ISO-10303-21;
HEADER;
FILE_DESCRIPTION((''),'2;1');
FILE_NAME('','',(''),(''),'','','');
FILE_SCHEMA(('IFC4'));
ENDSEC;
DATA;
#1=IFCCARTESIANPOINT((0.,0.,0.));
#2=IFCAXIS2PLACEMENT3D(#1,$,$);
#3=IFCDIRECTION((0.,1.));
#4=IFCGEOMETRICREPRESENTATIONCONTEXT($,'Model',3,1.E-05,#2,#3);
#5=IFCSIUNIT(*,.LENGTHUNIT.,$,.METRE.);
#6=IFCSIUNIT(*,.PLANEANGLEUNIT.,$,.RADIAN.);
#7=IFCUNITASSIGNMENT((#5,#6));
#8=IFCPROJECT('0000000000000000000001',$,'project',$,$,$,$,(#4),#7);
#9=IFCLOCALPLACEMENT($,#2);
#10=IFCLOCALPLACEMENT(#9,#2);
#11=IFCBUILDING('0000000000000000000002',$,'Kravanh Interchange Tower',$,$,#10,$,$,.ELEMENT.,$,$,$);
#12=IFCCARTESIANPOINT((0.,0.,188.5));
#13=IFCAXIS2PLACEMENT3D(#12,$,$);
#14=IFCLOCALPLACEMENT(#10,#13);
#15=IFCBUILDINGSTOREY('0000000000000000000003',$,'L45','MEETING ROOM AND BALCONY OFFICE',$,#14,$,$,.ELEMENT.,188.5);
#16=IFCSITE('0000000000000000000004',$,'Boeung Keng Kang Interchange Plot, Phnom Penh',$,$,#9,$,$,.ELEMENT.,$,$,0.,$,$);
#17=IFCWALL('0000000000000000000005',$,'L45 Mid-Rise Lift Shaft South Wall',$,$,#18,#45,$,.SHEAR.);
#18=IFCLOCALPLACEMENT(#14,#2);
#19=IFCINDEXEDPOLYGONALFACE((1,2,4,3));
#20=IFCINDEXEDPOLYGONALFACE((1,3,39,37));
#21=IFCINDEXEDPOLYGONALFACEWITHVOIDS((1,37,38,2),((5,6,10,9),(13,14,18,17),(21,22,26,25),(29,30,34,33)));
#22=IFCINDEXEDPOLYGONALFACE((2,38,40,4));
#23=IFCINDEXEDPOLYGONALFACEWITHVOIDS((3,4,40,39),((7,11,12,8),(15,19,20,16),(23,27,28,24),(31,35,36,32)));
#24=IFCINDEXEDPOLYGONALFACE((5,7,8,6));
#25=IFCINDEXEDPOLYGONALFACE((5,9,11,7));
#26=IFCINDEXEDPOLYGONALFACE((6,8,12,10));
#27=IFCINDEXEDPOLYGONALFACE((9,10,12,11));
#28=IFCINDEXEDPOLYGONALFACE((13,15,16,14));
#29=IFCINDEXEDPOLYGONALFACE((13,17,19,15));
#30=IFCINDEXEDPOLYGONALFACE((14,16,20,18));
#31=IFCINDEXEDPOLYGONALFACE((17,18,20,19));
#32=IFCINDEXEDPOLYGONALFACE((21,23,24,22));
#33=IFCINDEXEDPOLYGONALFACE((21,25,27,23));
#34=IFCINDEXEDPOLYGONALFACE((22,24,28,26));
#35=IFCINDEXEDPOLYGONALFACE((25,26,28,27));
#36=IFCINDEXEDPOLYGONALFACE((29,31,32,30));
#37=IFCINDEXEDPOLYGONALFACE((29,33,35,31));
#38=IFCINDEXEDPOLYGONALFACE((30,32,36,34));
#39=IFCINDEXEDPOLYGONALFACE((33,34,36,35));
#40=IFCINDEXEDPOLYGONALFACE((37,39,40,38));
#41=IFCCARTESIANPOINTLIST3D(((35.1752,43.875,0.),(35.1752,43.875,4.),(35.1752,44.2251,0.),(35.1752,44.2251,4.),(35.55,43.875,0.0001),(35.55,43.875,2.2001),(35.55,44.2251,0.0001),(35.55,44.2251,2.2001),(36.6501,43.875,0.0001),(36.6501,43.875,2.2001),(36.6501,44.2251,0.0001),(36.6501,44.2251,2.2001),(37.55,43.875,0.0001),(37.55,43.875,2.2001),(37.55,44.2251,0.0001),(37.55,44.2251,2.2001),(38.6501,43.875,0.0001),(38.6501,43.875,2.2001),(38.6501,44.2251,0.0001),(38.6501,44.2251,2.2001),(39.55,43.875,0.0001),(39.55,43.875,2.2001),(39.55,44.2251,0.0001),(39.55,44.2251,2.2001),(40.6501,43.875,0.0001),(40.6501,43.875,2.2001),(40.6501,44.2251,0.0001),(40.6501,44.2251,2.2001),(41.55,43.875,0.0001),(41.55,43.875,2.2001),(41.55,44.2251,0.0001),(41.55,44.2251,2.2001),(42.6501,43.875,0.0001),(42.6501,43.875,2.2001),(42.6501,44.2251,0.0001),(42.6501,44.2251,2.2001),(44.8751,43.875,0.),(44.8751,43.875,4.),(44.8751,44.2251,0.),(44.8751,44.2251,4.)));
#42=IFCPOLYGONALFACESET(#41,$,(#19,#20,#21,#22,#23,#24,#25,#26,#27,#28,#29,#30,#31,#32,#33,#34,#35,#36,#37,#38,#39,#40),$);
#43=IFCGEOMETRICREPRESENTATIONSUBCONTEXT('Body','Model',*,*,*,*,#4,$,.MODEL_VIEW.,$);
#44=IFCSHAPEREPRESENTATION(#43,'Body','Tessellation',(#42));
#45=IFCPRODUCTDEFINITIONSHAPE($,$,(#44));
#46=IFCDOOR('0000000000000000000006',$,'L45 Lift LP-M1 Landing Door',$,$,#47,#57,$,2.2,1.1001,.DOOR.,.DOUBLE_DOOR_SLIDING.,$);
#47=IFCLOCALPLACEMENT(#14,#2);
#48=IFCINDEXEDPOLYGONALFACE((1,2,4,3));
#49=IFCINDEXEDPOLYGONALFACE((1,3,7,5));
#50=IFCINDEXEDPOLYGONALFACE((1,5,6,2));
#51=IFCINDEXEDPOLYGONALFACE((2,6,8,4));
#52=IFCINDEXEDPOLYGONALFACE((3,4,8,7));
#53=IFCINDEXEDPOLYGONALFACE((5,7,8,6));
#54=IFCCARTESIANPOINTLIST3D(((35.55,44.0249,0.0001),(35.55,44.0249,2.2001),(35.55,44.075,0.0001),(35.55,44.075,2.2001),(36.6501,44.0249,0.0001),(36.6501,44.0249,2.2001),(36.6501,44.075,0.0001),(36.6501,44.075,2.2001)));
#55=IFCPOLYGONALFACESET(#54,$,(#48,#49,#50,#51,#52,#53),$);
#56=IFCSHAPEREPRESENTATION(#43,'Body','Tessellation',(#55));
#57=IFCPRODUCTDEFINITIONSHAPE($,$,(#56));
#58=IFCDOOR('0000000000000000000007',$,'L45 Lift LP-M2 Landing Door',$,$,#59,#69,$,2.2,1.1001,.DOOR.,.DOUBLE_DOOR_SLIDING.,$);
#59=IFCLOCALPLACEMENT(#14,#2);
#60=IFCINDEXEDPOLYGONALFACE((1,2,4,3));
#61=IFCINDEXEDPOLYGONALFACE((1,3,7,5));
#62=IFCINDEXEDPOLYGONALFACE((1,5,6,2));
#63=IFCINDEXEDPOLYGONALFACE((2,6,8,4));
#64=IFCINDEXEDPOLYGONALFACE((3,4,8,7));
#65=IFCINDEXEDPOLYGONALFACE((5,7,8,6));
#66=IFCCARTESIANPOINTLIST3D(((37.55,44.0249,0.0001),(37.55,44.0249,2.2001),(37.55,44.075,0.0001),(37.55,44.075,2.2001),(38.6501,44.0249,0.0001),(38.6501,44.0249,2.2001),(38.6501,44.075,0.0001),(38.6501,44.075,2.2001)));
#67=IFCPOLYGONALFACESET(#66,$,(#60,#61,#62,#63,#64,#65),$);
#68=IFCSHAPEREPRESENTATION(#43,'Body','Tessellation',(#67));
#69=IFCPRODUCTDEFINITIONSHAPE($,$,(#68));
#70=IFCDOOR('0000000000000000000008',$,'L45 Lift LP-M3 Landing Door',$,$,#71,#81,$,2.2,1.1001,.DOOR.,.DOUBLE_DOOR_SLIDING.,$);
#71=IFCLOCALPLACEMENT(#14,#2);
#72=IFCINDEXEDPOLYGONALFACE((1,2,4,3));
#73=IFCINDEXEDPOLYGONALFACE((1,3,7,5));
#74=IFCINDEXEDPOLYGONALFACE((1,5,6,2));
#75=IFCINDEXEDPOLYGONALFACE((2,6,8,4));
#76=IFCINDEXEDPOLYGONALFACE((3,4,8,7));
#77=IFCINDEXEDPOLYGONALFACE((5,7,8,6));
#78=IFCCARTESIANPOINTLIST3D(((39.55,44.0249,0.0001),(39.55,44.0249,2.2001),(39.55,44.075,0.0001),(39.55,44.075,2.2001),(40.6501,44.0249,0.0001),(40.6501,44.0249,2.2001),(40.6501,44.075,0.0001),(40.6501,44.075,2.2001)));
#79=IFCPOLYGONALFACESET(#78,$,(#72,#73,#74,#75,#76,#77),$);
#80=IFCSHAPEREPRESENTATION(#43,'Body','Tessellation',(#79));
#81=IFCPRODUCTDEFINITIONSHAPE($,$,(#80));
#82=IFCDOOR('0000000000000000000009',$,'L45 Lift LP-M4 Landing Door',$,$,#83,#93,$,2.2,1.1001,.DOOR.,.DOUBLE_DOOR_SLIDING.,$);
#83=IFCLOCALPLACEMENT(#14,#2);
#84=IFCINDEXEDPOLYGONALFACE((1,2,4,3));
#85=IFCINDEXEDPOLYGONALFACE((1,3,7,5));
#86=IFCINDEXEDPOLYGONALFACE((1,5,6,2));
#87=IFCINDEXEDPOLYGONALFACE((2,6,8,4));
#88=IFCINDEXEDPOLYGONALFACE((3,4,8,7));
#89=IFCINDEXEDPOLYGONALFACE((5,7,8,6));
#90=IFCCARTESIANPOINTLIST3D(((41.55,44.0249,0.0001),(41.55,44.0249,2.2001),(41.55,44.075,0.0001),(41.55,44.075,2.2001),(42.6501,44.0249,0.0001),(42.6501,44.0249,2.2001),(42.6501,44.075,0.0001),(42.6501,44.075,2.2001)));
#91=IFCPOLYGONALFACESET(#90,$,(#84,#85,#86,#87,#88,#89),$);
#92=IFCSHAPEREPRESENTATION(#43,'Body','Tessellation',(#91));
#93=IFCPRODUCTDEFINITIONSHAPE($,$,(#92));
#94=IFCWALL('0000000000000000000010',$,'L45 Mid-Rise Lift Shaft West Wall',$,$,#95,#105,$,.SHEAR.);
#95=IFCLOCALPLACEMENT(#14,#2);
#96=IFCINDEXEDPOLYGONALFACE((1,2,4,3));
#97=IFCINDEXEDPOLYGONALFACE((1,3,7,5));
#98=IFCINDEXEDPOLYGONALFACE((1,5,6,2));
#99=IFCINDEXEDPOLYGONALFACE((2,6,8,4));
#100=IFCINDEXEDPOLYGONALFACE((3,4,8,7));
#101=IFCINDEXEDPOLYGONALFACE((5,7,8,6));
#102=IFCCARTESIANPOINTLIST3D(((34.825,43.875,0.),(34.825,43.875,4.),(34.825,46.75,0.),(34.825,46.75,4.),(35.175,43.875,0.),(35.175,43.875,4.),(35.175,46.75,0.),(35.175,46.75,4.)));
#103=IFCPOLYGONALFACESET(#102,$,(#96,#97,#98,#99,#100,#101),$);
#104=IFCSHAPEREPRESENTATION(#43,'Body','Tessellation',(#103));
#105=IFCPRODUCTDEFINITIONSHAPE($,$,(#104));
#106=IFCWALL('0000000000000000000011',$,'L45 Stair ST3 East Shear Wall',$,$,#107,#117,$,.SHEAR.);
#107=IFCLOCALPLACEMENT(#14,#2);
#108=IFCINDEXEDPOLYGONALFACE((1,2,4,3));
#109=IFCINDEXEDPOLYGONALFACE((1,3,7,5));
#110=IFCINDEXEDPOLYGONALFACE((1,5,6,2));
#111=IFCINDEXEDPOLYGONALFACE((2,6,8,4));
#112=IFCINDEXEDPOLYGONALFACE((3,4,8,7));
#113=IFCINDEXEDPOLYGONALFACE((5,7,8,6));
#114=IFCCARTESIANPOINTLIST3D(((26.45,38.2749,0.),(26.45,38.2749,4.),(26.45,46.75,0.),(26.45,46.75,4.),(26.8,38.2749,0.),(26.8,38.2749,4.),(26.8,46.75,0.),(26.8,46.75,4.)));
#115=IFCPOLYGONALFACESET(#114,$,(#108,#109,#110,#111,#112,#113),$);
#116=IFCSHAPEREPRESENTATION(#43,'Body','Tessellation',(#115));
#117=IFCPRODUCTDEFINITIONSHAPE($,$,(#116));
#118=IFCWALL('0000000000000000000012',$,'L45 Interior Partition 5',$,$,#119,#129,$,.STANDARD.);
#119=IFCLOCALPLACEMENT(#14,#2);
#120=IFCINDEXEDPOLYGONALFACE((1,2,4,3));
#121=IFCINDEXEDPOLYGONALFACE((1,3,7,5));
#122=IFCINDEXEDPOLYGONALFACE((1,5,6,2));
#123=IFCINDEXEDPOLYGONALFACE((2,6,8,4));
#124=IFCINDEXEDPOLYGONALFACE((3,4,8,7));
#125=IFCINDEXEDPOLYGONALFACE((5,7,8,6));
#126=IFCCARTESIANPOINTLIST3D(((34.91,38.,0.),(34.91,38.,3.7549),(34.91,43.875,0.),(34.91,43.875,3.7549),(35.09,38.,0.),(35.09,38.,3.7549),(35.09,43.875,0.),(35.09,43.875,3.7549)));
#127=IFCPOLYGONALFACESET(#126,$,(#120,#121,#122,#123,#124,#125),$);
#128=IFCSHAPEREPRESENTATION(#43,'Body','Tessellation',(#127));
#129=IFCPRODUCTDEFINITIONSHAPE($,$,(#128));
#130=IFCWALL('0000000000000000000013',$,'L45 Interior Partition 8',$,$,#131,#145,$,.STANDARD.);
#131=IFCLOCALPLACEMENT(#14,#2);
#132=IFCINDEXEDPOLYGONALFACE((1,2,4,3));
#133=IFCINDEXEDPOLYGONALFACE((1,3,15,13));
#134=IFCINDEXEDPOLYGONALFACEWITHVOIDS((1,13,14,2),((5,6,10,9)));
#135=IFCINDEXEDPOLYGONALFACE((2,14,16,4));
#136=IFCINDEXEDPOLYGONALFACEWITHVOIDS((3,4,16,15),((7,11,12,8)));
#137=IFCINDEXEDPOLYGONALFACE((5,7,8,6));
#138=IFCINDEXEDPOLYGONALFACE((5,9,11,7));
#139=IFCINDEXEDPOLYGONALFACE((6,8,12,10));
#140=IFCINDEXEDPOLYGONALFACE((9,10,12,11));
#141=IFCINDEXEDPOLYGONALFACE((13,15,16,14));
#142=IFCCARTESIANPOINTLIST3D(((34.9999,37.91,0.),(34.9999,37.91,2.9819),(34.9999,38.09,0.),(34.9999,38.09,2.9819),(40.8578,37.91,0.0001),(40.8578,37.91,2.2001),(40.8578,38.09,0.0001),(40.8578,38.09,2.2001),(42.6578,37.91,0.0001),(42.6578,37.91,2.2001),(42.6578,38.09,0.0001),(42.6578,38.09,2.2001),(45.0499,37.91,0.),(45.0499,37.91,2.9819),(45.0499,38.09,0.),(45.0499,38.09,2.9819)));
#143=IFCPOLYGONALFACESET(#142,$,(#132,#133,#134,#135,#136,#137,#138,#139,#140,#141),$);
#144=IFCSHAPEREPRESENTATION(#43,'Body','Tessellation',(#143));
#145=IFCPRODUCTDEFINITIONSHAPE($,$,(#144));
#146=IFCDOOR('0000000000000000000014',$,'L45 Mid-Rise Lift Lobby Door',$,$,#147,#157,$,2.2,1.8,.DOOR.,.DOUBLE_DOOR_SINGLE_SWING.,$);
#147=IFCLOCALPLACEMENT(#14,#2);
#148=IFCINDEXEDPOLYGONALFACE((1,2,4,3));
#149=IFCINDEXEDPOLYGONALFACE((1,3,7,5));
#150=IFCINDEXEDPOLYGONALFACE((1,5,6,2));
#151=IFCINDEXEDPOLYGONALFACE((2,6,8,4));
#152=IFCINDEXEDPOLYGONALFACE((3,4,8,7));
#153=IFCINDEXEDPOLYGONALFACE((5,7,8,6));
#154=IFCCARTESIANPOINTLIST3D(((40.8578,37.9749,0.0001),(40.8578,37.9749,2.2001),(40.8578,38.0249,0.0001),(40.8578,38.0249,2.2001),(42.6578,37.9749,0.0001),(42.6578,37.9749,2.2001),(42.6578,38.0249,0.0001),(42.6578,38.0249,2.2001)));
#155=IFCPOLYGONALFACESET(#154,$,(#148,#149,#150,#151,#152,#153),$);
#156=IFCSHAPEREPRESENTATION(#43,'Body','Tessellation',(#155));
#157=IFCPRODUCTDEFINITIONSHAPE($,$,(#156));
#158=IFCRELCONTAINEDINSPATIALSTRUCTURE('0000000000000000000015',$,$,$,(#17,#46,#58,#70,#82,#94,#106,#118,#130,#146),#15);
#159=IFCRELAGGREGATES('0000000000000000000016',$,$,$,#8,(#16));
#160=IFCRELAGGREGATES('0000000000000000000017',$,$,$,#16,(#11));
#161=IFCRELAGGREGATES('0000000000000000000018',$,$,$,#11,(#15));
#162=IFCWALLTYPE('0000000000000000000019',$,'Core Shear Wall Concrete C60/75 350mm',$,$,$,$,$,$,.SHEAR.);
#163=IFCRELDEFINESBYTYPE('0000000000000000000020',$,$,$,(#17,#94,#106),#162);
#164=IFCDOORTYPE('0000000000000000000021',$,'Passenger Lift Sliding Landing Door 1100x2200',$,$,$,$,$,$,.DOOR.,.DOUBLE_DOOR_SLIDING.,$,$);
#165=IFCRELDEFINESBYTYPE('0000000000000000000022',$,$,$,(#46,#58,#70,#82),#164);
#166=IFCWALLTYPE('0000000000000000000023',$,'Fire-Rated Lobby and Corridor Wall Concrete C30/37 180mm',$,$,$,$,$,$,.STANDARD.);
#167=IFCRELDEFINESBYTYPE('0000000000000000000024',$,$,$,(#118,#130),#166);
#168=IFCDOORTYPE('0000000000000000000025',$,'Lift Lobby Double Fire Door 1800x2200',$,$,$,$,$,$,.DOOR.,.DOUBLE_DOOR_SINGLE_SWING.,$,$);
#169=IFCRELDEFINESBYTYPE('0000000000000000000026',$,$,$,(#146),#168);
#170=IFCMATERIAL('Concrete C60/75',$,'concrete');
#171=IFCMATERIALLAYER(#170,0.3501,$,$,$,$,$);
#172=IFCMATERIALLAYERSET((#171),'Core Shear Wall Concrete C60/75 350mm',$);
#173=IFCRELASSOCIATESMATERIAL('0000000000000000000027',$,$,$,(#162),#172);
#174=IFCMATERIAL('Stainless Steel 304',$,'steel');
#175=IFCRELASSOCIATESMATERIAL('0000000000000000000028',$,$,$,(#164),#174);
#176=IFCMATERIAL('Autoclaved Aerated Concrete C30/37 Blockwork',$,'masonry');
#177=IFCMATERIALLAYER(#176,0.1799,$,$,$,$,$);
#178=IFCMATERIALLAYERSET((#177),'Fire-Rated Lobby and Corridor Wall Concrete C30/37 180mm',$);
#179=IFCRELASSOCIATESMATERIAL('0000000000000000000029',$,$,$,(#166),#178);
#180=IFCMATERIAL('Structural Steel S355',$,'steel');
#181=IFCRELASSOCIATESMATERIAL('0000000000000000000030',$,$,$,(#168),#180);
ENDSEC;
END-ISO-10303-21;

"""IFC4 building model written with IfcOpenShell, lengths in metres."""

from ifc_helpers import new_model, si_unit, direction, frame, frame_2d, origin, place, context, subcontext, project, spatial, rectangle, extrude, material, layer, layer_set, type_object, element, fill, save


model = new_model("IFC4")

# Units and contexts
model_context = context("Model", 3, precision=1e-05, world=origin(), true_north=direction((0.0, 1.0)))
body_context = subcontext(model_context, "Body", "Model", "MODEL_VIEW")
ifc_project = project(units=[si_unit("LENGTHUNIT", "METRE"), si_unit("PLANEANGLEUNIT", "RADIAN")], contexts=[model_context])

# Site, building, storey
site_placement = place(None, origin())
site = spatial("IfcSite", under=ifc_project, at=site_placement, Name="Boeung Keng Kang Interchange Plot, Phnom Penh", CompositionType="ELEMENT", RefElevation=0.0)
building_placement = place(site_placement, origin())
building = spatial("IfcBuilding", under=site, at=building_placement, Name="Kravanh Interchange Tower", CompositionType="ELEMENT")
storey_placement = place(building_placement, frame((0.0, 0.0, 188.5)))
storey = spatial("IfcBuildingStorey", under=building, at=storey_placement, Name="L45", Description="MEETING ROOM AND BALCONY OFFICE", CompositionType="ELEMENT", Elevation=188.5)

# Wall, openings, doors
ifc_material_1 = material(Name="Concrete C60/75", Category="concrete")
ifc_layer_1 = layer(ifc_material_1, 0.3501)
ifc_layer_set_1 = layer_set([ifc_layer_1], Name="Core Shear Wall Concrete C60/75 350mm")
wall_type_1 = type_object("IfcWallType", Name="Core Shear Wall Concrete C60/75 350mm", PredefinedType="SHEAR", material=ifc_layer_set_1)
wall_1_placement = place(storey_placement, frame((35.175, 44.05, 0.0), z_axis=(0.0, 0.0, 1.0), x_axis=(1.0, 0.0, 0.0)))
wall_1 = element("IfcWall", 1, at=wall_1_placement, inside=storey, type_object=wall_type_1, Name="L45 Mid-Rise Lift Shaft South Wall", PredefinedType="SHEAR", context=body_context, shape_type="SweptSolid", body=[
    extrude(rectangle(XDim=9.7, YDim=0.3501, at=frame_2d((4.8501, 0.0))), origin(), (0.0, 0.0, 1.0), 4.0),
])
opening_1_placement = place(wall_1_placement, frame((0.375, 0.0, 0.0)))
opening_1 = element("IfcOpeningElement", 2, at=opening_1_placement, cuts=wall_1, PredefinedType="OPENING", context=body_context, shape_type="SweptSolid", body=[
    extrude(rectangle(XDim=1.1001, YDim=2.2, at=frame_2d((0.55, 1.1001))), frame((0.0, 0.1851, 0.0), z_axis=(0.0, -1.0, 0.0), x_axis=(1.0, 0.0, 0.0)), (0.0, 0.0, 1.0), 0.3701),
])
opening_2_placement = place(wall_1_placement, frame((2.375, 0.0, 0.0)))
opening_2 = element("IfcOpeningElement", 3, at=opening_2_placement, cuts=wall_1, PredefinedType="OPENING", context=body_context, shape_type="SweptSolid", body=[
    extrude(rectangle(XDim=1.1001, YDim=2.2, at=frame_2d((0.55, 1.1001))), frame((0.0, 0.1851, 0.0), z_axis=(0.0, -1.0, 0.0), x_axis=(1.0, 0.0, 0.0)), (0.0, 0.0, 1.0), 0.3701),
])
opening_3_placement = place(wall_1_placement, frame((4.375, 0.0, 0.0)))
opening_3 = element("IfcOpeningElement", 4, at=opening_3_placement, cuts=wall_1, PredefinedType="OPENING", context=body_context, shape_type="SweptSolid", body=[
    extrude(rectangle(XDim=1.1001, YDim=2.2, at=frame_2d((0.55, 1.1001))), frame((0.0, 0.1851, 0.0), z_axis=(0.0, -1.0, 0.0), x_axis=(1.0, 0.0, 0.0)), (0.0, 0.0, 1.0), 0.3701),
])
opening_4_placement = place(wall_1_placement, frame((6.375, 0.0, 0.0)))
opening_4 = element("IfcOpeningElement", 5, at=opening_4_placement, cuts=wall_1, PredefinedType="OPENING", context=body_context, shape_type="SweptSolid", body=[
    extrude(rectangle(XDim=1.1001, YDim=2.2, at=frame_2d((0.55, 1.1001))), frame((0.0, 0.1851, 0.0), z_axis=(0.0, -1.0, 0.0), x_axis=(1.0, 0.0, 0.0)), (0.0, 0.0, 1.0), 0.3701),
])
ifc_material_2 = material(Name="Stainless Steel 304", Category="steel")
door_type_1 = type_object("IfcDoorType", Name="Passenger Lift Sliding Landing Door 1100x2200", OperationType="DOUBLE_DOOR_SLIDING", PredefinedType="DOOR", material=ifc_material_2)
door_1_placement = place(opening_1_placement, origin())
door_1 = element("IfcDoor", 6, at=door_1_placement, inside=storey, type_object=door_type_1, Name="L45 Lift LP-M1 Landing Door", OperationType="DOUBLE_DOOR_SLIDING", OverallHeight=2.2, OverallWidth=1.1001, PredefinedType="DOOR", context=body_context, shape_type="SweptSolid", body=[
    extrude(rectangle(XDim=1.1001, YDim=2.2, at=frame_2d((0.55, 1.1001))), frame((0.0, 0.0249, 0.0), z_axis=(0.0, -1.0, 0.0), x_axis=(1.0, 0.0, 0.0)), (0.0, 0.0, 1.0), 0.05),
])
fill(opening_1, door_1)
door_2_placement = place(opening_2_placement, origin())
door_2 = element("IfcDoor", 7, at=door_2_placement, inside=storey, type_object=door_type_1, Name="L45 Lift LP-M2 Landing Door", OperationType="DOUBLE_DOOR_SLIDING", OverallHeight=2.2, OverallWidth=1.1001, PredefinedType="DOOR", context=body_context, shape_type="SweptSolid", body=[
    extrude(rectangle(XDim=1.1001, YDim=2.2, at=frame_2d((0.55, 1.1001))), frame((0.0, 0.0249, 0.0), z_axis=(0.0, -1.0, 0.0), x_axis=(1.0, 0.0, 0.0)), (0.0, 0.0, 1.0), 0.05),
])
fill(opening_2, door_2)
door_3_placement = place(opening_3_placement, origin())
door_3 = element("IfcDoor", 8, at=door_3_placement, inside=storey, type_object=door_type_1, Name="L45 Lift LP-M3 Landing Door", OperationType="DOUBLE_DOOR_SLIDING", OverallHeight=2.2, OverallWidth=1.1001, PredefinedType="DOOR", context=body_context, shape_type="SweptSolid", body=[
    extrude(rectangle(XDim=1.1001, YDim=2.2, at=frame_2d((0.55, 1.1001))), frame((0.0, 0.0249, 0.0), z_axis=(0.0, -1.0, 0.0), x_axis=(1.0, 0.0, 0.0)), (0.0, 0.0, 1.0), 0.05),
])
fill(opening_3, door_3)
door_4_placement = place(opening_4_placement, origin())
door_4 = element("IfcDoor", 9, at=door_4_placement, inside=storey, type_object=door_type_1, Name="L45 Lift LP-M4 Landing Door", OperationType="DOUBLE_DOOR_SLIDING", OverallHeight=2.2, OverallWidth=1.1001, PredefinedType="DOOR", context=body_context, shape_type="SweptSolid", body=[
    extrude(rectangle(XDim=1.1001, YDim=2.2, at=frame_2d((0.55, 1.1001))), frame((0.0, 0.0249, 0.0), z_axis=(0.0, -1.0, 0.0), x_axis=(1.0, 0.0, 0.0)), (0.0, 0.0, 1.0), 0.05),
])
fill(opening_4, door_4)

# Walls
wall_2_placement = place(storey_placement, frame((35.0, 43.875, 0.0), z_axis=(0.0, 0.0, 1.0), x_axis=(0.0, 1.0, 0.0)))
element("IfcWall", 10, at=wall_2_placement, inside=storey, type_object=wall_type_1, Name="L45 Mid-Rise Lift Shaft West Wall", PredefinedType="SHEAR", context=body_context, shape_type="SweptSolid", body=[
    extrude(rectangle(XDim=2.875, YDim=0.3501, at=frame_2d((1.4375, 0.0))), origin(), (0.0, 0.0, 1.0), 4.0),
])
wall_3_placement = place(storey_placement, frame((26.625, 38.2749, 0.0), z_axis=(0.0, 0.0, 1.0), x_axis=(0.0, 1.0, 0.0)))
element("IfcWall", 11, at=wall_3_placement, inside=storey, type_object=wall_type_1, Name="L45 Stair ST3 East Shear Wall", PredefinedType="SHEAR", context=body_context, shape_type="SweptSolid", body=[
    extrude(rectangle(XDim=8.4751, YDim=0.3501, at=frame_2d((4.2375, 0.0))), origin(), (0.0, 0.0, 1.0), 4.0),
])
ifc_material_3 = material(Name="Autoclaved Aerated Concrete C30/37 Blockwork", Category="masonry")
ifc_layer_2 = layer(ifc_material_3, 0.1799)
ifc_layer_set_2 = layer_set([ifc_layer_2], Name="Fire-Rated Lobby and Corridor Wall Concrete C30/37 180mm")
wall_type_2 = type_object("IfcWallType", Name="Fire-Rated Lobby and Corridor Wall Concrete C30/37 180mm", PredefinedType="STANDARD", material=ifc_layer_set_2)
wall_4_placement = place(storey_placement, frame((35.0, 38.0, 0.0), z_axis=(0.0, 0.0, 1.0), x_axis=(0.0, 1.0, 0.0)))
element("IfcWall", 12, at=wall_4_placement, inside=storey, type_object=wall_type_2, Name="L45 Interior Partition 5", PredefinedType="STANDARD", context=body_context, shape_type="SweptSolid", body=[
    extrude(rectangle(XDim=5.875, YDim=0.1799, at=frame_2d((2.9375, 0.0))), origin(), (0.0, 0.0, 1.0), 3.7549),
])

# Wall, opening, door
wall_5_placement = place(storey_placement, frame((35.0, 38.0, 0.0), z_axis=(0.0, 0.0, 1.0), x_axis=(1.0, 0.0, 0.0)))
wall_5 = element("IfcWall", 13, at=wall_5_placement, inside=storey, type_object=wall_type_2, Name="L45 Interior Partition 8", PredefinedType="STANDARD", context=body_context, shape_type="SweptSolid", body=[
    extrude(rectangle(XDim=10.05, YDim=0.1799, at=frame_2d((5.0249, 0.0))), origin(), (0.0, 0.0, 1.0), 2.9819),
])
opening_5_placement = place(wall_5_placement, frame((5.8579, 0.0, 0.0)))
opening_5 = element("IfcOpeningElement", 14, at=opening_5_placement, cuts=wall_5, PredefinedType="OPENING", context=body_context, shape_type="SweptSolid", body=[
    extrude(rectangle(XDim=1.8, YDim=2.2, at=frame_2d((0.8999, 1.1001))), frame((0.0, 0.1001, 0.0), z_axis=(0.0, -1.0, 0.0), x_axis=(1.0, 0.0, 0.0)), (0.0, 0.0, 1.0), 0.2),
])
ifc_material_4 = material(Name="Structural Steel S355", Category="steel")
door_type_2 = type_object("IfcDoorType", Name="Lift Lobby Double Fire Door 1800x2200", OperationType="DOUBLE_DOOR_SINGLE_SWING", PredefinedType="DOOR", material=ifc_material_4)
door_5_placement = place(opening_5_placement, origin())
door_5 = element("IfcDoor", 15, at=door_5_placement, inside=storey, type_object=door_type_2, Name="L45 Mid-Rise Lift Lobby Door", OperationType="DOUBLE_DOOR_SINGLE_SWING", OverallHeight=2.2, OverallWidth=1.8, PredefinedType="DOOR", context=body_context, shape_type="SweptSolid", body=[
    extrude(rectangle(XDim=1.8, YDim=2.2, at=frame_2d((0.8999, 1.1001))), frame((0.0, 0.0249, 0.0), z_axis=(0.0, -1.0, 0.0), x_axis=(1.0, 0.0, 0.0)), (0.0, 0.0, 1.0), 0.05),
])
fill(opening_5, door_5)

save(model, "model.ifc")
